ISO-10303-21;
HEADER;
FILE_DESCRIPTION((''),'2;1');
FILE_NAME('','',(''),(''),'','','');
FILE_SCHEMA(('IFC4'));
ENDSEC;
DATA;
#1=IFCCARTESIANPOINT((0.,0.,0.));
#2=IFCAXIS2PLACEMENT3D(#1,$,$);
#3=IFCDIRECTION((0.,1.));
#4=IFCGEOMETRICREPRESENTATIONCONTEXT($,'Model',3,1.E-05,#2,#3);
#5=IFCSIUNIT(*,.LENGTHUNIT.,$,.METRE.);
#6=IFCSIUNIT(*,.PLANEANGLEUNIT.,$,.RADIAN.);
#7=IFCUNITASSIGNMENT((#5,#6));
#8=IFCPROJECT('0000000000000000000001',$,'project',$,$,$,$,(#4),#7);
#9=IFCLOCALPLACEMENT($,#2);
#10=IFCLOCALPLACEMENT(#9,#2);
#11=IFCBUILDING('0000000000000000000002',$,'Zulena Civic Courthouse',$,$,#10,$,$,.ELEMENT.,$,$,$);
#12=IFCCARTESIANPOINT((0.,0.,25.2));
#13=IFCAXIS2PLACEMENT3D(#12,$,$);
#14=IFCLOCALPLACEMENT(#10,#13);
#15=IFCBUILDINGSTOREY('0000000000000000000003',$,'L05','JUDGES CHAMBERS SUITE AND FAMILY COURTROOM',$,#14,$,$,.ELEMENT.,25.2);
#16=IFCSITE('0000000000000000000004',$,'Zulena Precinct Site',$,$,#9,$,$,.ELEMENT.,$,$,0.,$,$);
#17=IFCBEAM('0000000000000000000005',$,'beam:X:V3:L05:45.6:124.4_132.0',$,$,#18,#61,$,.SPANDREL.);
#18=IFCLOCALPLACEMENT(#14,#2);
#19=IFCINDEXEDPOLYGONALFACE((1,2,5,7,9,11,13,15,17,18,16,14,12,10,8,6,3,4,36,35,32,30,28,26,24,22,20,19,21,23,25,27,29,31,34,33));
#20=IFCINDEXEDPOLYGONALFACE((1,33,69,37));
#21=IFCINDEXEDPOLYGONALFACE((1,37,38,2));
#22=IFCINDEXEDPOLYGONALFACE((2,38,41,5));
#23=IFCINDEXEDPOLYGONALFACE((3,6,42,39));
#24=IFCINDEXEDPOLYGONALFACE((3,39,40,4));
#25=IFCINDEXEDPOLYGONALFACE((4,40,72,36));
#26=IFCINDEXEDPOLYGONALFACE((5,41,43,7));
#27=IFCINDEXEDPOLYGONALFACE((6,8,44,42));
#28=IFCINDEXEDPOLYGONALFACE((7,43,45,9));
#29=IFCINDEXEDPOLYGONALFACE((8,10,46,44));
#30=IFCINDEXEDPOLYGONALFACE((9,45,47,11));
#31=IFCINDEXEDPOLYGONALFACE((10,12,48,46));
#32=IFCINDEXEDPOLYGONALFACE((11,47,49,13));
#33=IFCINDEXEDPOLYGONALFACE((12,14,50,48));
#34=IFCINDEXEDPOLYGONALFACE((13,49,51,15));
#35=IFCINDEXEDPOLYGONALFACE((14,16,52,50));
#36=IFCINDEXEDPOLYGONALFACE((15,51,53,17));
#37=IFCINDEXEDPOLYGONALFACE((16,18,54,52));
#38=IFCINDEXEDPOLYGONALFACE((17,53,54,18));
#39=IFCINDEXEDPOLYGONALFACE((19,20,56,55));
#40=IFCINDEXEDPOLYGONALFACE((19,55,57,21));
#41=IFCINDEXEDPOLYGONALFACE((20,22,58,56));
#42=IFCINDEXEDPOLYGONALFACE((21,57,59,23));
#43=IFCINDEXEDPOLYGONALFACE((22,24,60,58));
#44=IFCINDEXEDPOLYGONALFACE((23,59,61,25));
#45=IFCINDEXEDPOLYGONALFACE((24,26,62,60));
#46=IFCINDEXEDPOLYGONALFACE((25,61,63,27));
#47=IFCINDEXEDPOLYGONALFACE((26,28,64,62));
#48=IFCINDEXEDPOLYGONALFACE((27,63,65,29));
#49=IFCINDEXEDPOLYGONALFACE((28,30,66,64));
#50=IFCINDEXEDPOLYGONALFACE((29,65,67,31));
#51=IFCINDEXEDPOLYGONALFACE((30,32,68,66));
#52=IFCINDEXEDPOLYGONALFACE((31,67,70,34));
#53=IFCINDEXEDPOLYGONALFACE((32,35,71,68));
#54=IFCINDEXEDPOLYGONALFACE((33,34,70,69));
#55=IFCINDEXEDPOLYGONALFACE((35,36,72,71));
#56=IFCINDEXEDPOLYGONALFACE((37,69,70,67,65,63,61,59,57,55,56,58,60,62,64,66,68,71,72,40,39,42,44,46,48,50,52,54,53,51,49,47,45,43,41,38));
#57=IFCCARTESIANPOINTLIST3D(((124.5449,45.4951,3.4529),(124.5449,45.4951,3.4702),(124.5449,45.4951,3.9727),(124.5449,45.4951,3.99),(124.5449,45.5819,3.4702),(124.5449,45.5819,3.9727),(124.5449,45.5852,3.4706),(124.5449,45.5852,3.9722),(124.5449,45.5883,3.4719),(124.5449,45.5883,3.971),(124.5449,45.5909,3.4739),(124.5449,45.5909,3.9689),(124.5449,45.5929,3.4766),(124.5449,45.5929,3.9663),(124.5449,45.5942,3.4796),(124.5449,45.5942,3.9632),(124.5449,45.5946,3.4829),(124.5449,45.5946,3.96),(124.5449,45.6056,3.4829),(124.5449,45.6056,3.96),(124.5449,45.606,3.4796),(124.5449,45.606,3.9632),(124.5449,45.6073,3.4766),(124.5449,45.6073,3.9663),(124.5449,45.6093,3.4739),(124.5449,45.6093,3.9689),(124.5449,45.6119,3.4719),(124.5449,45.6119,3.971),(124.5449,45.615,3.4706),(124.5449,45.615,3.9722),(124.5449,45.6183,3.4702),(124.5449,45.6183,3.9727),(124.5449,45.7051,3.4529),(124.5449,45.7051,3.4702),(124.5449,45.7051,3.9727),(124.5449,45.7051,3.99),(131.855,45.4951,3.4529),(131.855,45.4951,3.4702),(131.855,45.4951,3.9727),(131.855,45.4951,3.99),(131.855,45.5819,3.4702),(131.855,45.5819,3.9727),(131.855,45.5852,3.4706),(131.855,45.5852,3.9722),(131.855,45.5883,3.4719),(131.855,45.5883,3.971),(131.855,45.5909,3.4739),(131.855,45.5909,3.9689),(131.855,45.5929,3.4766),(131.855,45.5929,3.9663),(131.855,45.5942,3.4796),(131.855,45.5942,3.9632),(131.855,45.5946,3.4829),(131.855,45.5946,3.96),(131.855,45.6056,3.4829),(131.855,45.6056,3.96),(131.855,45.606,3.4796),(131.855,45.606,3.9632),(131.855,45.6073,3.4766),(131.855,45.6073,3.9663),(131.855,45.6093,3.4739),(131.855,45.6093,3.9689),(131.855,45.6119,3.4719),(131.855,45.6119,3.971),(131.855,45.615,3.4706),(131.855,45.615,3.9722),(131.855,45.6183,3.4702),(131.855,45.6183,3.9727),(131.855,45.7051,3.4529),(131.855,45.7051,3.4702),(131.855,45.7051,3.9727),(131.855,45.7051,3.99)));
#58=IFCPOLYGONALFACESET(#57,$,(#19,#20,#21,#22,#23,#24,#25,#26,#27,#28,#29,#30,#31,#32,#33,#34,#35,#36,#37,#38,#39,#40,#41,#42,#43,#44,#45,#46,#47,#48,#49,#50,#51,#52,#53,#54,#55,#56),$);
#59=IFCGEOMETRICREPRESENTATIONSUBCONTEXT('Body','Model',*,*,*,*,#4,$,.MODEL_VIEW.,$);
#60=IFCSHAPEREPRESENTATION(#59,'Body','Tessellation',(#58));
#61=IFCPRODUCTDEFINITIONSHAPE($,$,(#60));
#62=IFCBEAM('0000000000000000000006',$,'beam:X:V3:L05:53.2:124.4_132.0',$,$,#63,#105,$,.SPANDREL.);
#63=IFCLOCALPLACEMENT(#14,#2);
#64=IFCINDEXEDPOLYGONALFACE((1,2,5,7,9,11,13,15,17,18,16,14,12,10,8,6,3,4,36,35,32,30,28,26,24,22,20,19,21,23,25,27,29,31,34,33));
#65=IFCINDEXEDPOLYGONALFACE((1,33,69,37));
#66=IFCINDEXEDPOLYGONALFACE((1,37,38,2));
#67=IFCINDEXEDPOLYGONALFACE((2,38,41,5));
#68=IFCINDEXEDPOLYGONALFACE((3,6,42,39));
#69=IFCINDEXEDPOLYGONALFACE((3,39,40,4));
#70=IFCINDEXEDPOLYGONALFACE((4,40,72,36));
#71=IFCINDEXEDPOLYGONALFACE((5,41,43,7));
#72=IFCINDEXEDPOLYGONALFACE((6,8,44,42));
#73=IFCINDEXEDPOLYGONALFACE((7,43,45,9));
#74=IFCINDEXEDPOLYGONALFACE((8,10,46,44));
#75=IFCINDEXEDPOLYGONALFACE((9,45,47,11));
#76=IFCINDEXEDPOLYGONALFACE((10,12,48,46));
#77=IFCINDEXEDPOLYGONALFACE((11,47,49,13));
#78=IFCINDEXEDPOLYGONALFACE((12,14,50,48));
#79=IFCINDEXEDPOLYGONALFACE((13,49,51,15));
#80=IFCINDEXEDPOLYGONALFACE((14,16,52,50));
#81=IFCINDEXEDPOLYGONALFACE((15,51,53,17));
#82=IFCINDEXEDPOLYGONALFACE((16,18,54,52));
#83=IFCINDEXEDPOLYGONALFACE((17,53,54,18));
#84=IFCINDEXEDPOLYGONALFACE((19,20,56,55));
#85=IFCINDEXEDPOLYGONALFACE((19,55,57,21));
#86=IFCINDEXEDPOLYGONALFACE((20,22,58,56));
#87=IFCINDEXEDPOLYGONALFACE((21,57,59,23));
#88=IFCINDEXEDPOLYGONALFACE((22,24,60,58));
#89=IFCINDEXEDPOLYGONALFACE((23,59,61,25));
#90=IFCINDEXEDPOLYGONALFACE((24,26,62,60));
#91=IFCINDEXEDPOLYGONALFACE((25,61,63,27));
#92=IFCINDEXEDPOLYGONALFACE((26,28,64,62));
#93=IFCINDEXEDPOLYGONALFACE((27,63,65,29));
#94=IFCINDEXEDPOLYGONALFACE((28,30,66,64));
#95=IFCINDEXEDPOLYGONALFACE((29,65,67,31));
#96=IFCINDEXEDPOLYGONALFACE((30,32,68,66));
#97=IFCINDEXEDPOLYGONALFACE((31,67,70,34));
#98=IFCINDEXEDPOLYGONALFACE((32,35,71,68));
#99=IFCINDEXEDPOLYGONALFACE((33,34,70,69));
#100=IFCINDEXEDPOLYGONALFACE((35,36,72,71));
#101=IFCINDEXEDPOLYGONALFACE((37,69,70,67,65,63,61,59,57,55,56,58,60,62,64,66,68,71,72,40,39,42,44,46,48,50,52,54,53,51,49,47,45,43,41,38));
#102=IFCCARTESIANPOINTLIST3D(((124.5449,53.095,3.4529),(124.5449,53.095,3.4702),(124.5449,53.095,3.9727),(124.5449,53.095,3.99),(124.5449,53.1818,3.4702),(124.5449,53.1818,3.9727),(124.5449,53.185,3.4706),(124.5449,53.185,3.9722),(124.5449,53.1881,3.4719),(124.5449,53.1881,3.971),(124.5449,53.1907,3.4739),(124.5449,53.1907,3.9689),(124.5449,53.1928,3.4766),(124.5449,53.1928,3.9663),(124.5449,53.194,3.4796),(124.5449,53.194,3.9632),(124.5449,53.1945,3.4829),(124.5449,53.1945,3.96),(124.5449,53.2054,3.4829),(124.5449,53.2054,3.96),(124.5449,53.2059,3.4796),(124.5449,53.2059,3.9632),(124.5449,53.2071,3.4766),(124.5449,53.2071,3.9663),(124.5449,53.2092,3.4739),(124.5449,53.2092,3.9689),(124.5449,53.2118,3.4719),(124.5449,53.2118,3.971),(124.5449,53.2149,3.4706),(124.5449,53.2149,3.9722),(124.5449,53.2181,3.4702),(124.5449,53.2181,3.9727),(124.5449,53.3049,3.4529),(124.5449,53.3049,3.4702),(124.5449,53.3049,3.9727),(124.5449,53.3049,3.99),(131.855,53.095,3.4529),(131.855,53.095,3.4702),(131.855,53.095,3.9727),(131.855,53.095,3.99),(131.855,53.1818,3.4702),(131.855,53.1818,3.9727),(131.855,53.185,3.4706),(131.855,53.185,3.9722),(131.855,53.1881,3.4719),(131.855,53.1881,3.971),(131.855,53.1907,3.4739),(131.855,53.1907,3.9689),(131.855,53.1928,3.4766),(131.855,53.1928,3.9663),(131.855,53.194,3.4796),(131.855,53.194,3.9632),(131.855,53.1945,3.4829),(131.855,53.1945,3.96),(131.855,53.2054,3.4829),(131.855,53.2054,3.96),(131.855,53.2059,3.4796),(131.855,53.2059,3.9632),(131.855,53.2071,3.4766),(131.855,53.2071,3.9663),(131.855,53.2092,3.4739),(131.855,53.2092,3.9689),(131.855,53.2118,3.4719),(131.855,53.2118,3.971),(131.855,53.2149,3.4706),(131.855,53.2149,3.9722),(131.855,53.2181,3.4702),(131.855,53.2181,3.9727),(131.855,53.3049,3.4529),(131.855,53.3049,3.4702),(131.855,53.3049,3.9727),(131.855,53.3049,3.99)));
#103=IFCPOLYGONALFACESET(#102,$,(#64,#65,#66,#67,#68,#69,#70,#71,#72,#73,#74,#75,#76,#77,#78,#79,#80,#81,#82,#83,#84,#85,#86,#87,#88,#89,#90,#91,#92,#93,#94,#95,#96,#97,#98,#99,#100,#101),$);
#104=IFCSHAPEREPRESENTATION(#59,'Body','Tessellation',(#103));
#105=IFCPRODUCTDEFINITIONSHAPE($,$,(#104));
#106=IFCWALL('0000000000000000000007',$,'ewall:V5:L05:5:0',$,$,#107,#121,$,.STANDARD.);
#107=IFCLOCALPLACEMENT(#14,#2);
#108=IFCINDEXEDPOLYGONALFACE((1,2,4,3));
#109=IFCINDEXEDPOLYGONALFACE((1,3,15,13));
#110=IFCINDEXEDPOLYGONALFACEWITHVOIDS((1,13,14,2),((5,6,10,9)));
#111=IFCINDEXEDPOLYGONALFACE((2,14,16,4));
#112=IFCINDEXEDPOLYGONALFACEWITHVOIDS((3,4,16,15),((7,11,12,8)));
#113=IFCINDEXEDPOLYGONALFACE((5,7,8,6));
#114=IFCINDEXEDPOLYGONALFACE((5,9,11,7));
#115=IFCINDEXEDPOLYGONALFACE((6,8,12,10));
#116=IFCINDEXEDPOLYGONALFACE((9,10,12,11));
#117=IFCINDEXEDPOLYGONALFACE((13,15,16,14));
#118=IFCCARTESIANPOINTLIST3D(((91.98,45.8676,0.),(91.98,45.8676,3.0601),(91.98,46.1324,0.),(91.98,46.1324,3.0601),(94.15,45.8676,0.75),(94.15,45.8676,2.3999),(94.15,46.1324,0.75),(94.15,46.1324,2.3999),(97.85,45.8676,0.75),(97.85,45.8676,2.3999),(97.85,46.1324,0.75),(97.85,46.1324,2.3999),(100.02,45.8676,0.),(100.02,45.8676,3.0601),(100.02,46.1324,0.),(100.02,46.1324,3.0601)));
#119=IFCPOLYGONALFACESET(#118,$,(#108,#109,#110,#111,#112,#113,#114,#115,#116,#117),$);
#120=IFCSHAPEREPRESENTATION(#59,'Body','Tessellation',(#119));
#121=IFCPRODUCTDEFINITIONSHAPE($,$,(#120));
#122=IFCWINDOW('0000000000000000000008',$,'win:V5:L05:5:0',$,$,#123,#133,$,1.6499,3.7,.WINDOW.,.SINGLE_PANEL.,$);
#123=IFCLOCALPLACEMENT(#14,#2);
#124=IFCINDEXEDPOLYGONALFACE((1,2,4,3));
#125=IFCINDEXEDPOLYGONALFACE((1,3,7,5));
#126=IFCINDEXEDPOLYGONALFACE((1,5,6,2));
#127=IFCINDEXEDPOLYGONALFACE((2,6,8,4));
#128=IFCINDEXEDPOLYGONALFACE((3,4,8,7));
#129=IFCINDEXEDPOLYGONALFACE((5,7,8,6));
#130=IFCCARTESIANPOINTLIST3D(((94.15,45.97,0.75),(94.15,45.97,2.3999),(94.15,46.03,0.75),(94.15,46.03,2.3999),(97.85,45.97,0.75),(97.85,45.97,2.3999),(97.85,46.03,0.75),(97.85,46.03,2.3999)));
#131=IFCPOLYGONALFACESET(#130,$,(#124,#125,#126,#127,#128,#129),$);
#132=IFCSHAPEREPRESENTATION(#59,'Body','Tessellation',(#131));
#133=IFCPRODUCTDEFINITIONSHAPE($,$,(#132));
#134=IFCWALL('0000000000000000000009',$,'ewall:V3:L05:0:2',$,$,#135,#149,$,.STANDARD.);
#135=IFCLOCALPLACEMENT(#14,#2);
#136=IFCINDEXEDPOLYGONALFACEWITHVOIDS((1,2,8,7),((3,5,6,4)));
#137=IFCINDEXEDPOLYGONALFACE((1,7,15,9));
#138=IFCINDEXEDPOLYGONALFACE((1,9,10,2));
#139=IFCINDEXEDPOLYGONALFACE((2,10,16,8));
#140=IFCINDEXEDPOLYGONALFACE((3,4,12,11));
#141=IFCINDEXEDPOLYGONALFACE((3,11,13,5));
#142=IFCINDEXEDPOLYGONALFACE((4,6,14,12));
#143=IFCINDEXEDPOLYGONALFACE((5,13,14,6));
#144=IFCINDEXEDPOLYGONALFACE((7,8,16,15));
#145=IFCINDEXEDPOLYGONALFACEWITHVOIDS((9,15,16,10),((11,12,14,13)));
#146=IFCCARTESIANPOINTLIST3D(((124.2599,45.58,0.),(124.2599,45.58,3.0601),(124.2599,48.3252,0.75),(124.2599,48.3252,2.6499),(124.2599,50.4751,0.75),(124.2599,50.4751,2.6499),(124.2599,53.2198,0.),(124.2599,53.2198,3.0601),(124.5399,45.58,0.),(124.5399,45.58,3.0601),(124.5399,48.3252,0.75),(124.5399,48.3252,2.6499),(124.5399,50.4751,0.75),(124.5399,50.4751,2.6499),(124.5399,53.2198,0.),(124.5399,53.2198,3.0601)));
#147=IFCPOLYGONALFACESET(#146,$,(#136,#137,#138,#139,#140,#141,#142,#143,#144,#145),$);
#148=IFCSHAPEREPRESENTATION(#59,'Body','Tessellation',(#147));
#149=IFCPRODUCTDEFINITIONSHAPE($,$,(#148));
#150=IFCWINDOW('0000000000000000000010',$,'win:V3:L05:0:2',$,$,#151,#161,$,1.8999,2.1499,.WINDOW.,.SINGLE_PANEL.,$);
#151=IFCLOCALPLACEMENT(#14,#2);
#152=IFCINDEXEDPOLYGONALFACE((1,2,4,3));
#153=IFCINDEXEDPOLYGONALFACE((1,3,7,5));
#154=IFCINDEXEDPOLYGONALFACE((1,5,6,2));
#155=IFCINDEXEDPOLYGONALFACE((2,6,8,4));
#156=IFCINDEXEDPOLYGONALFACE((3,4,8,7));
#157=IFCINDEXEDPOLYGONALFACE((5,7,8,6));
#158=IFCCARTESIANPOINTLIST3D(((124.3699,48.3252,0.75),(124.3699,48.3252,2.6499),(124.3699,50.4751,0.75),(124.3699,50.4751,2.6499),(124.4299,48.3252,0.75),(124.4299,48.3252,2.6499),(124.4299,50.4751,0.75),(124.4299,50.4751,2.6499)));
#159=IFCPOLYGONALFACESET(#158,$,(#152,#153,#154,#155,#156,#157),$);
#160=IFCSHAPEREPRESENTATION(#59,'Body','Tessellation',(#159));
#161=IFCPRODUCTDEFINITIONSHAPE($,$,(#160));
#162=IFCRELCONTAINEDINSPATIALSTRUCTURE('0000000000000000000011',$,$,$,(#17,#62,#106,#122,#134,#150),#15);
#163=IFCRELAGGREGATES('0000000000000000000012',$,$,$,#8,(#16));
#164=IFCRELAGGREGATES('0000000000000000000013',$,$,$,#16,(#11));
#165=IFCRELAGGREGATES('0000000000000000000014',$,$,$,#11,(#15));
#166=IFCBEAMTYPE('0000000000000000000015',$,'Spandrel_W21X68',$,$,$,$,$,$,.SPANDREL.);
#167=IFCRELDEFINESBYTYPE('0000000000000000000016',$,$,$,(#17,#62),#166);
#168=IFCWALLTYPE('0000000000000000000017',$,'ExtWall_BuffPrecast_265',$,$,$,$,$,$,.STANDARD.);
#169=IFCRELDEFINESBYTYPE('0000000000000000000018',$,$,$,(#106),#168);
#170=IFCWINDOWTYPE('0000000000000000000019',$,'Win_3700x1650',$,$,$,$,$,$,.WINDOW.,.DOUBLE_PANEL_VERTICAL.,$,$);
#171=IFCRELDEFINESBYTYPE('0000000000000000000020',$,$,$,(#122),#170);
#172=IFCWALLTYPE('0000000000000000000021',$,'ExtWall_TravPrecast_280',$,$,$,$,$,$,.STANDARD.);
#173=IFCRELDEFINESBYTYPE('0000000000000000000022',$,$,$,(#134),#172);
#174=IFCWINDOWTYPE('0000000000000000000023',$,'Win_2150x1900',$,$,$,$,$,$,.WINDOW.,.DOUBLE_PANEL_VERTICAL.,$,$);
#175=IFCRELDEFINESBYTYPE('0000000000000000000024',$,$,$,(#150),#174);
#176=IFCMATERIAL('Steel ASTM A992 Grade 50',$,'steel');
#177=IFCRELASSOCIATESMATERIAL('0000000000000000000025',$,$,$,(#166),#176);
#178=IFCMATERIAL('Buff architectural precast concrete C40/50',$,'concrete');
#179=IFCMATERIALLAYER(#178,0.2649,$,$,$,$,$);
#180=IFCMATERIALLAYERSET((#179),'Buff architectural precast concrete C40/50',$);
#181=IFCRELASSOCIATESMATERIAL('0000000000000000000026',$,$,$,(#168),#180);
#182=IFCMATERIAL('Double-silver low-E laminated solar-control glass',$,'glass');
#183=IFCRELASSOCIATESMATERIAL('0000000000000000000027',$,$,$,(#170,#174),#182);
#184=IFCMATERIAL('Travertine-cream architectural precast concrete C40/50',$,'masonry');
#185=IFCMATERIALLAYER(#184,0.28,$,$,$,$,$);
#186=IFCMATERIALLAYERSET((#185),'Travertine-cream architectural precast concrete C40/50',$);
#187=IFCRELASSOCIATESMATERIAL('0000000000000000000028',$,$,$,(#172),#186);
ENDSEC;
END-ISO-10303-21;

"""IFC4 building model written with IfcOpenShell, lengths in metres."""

from ifc_helpers import new_model, si_unit, direction, frame, frame_2d, origin, origin_2d, place, context, subcontext, project, spatial, rectangle, i_section, extrude, material, layer, layer_set, material_profile, profile_set, type_object, element, fill, save


model = new_model("IFC4")

# Units and contexts
model_context = context("Model", 3, precision=1e-05, world=origin(), true_north=direction((0.0, 1.0)))
body_context = subcontext(model_context, "Body", "Model", "MODEL_VIEW")
ifc_project = project(units=[si_unit("LENGTHUNIT", "METRE"), si_unit("PLANEANGLEUNIT", "RADIAN")], contexts=[model_context])

# Site, building, storey
site_placement = place(None, origin())
site = spatial("IfcSite", under=ifc_project, at=site_placement, Name="Zulena Precinct Site", CompositionType="ELEMENT", RefElevation=0.0)
building_placement = place(site_placement, origin())
building = spatial("IfcBuilding", under=site, at=building_placement, Name="Zulena Civic Courthouse", CompositionType="ELEMENT")
storey_placement = place(building_placement, frame((0.0, 0.0, 25.2)))
storey = spatial("IfcBuildingStorey", under=building, at=storey_placement, Name="L05", Description="JUDGES CHAMBERS SUITE AND FAMILY COURTROOM", CompositionType="ELEMENT", Elevation=25.2)

# Shared definitions
ifc_material_1 = material(Name="Steel ASTM A992 Grade 50", Category="steel")

# Beams
ifc_material_profile_1 = material_profile(ifc_material_1, i_section(OverallWidth=0.21, OverallDepth=0.5371, WebThickness=0.011, FlangeThickness=0.0173, FilletRadius=0.0127, at=origin_2d()), Name="W21X68")
ifc_profile_set_1 = profile_set([ifc_material_profile_1], Name="Steel ASTM A992 Grade 50")
beam_type_1 = type_object("IfcBeamType", Name="Spandrel_W21X68", PredefinedType="SPANDREL", material=ifc_profile_set_1)
for number, where, z_axis, x_axis, name in (
    (1, (124.5449, 45.6001, 3.7214), (1.0, 0.0, 0.0), (0.0, 1.0, 0.0), "beam:X:V3:L05:45.6:124.4_132.0"),
    (2, (124.5449, 53.2, 3.7214), (1.0, 0.0, 0.0), (0.0, 1.0, 0.0), "beam:X:V3:L05:53.2:124.4_132.0"),
):
    element("IfcBeam", number, at=place(storey_placement, frame(where, z_axis=z_axis, x_axis=x_axis)), inside=storey, type_object=beam_type_1, Name=name, PredefinedType="SPANDREL", context=body_context, shape_type="SweptSolid", body=[
        extrude(i_section(OverallWidth=0.21, OverallDepth=0.5371, WebThickness=0.011, FlangeThickness=0.0173, FilletRadius=0.0127, at=origin_2d()), origin(), (0.0, 0.0, 1.0), 7.3101),
    ])

# Walls, openings, windows
ifc_material_2 = material(Name="Buff architectural precast concrete C40/50", Category="concrete")
ifc_layer_1 = layer(ifc_material_2, 0.2649)
ifc_layer_set_1 = layer_set([ifc_layer_1], Name="Buff architectural precast concrete C40/50")
wall_type_1 = type_object("IfcWallType", Name="ExtWall_BuffPrecast_265", PredefinedType="STANDARD", material=ifc_layer_set_1)
wall_1_placement = place(storey_placement, frame((100.02, 46.0, 0.0), z_axis=(0.0, 0.0, 1.0), x_axis=(-1.0, 0.0, 0.0)))
wall_1 = element("IfcWall", 3, at=wall_1_placement, inside=storey, type_object=wall_type_1, Name="ewall:V5:L05:5:0", PredefinedType="STANDARD", context=body_context, shape_type="SweptSolid", body=[
    extrude(rectangle(XDim=8.04, YDim=0.2649, at=frame_2d((4.02, 0.0))), origin(), (0.0, 0.0, 1.0), 3.0601),
])
opening_1_placement = place(wall_1_placement, frame((2.1699, 0.0, 0.75)))
opening_1 = element("IfcOpeningElement", 4, at=opening_1_placement, cuts=wall_1, PredefinedType="OPENING", context=body_context, shape_type="SweptSolid", body=[
    extrude(rectangle(XDim=3.7, YDim=1.6499, at=frame_2d((1.8501, 0.825))), frame((0.0, 0.1423, 0.0), z_axis=(0.0, -1.0, 0.0), x_axis=(1.0, 0.0, 0.0)), (0.0, 0.0, 1.0), 0.2849),
])
ifc_material_3 = material(Name="Double-silver low-E laminated solar-control glass", Category="glass")
window_type_1 = type_object("IfcWindowType", Name="Win_3700x1650", PartitioningType="DOUBLE_PANEL_VERTICAL", PredefinedType="WINDOW", material=ifc_material_3)
window_1_placement = place(opening_1_placement, origin())
window_1 = element("IfcWindow", 5, at=window_1_placement, inside=storey, type_object=window_type_1, Name="win:V5:L05:5:0", OverallHeight=1.6499, OverallWidth=3.7, PartitioningType="SINGLE_PANEL", PredefinedType="WINDOW", context=body_context, shape_type="SweptSolid", body=[
    extrude(rectangle(XDim=3.7, YDim=1.6499, at=frame_2d((1.8501, 0.825))), frame((0.0, 0.03, 0.0), z_axis=(0.0, -1.0, 0.0), x_axis=(1.0, 0.0, 0.0)), (0.0, 0.0, 1.0), 0.0601),
])
fill(opening_1, window_1)
ifc_material_4 = material(Name="Travertine-cream architectural precast concrete C40/50", Category="masonry")
ifc_layer_2 = layer(ifc_material_4, 0.28)
ifc_layer_set_2 = layer_set([ifc_layer_2], Name="Travertine-cream architectural precast concrete C40/50")
wall_type_2 = type_object("IfcWallType", Name="ExtWall_TravPrecast_280", PredefinedType="STANDARD", material=ifc_layer_set_2)
wall_2_placement = place(storey_placement, frame((124.3999, 45.5801, 0.0), z_axis=(0.0, 0.0, 1.0), x_axis=(0.0, 1.0, 0.0)))
wall_2 = element("IfcWall", 6, at=wall_2_placement, inside=storey, type_object=wall_type_2, Name="ewall:V3:L05:0:2", PredefinedType="STANDARD", context=body_context, shape_type="SweptSolid", body=[
    extrude(rectangle(XDim=7.6399, YDim=0.28, at=frame_2d((3.8198, 0.0))), origin(), (0.0, 0.0, 1.0), 3.0601),
])
opening_2_placement = place(wall_2_placement, frame((2.7451, 0.0, 0.75)))
opening_2 = element("IfcOpeningElement", 7, at=opening_2_placement, cuts=wall_2, PredefinedType="OPENING", context=body_context, shape_type="SweptSolid", body=[
    extrude(rectangle(XDim=2.1499, YDim=1.8999, at=frame_2d((1.075, 0.95))), frame((0.0, 0.1499, 0.0), z_axis=(0.0, -1.0, 0.0), x_axis=(1.0, 0.0, 0.0)), (0.0, 0.0, 1.0), 0.3),
])
window_type_2 = type_object("IfcWindowType", Name="Win_2150x1900", PartitioningType="DOUBLE_PANEL_VERTICAL", PredefinedType="WINDOW", material=ifc_material_3)
window_2_placement = place(opening_2_placement, origin())
window_2 = element("IfcWindow", 8, at=window_2_placement, inside=storey, type_object=window_type_2, Name="win:V3:L05:0:2", OverallHeight=1.8999, OverallWidth=2.1499, PartitioningType="SINGLE_PANEL", PredefinedType="WINDOW", context=body_context, shape_type="SweptSolid", body=[
    extrude(rectangle(XDim=2.1499, YDim=1.8999, at=frame_2d((1.075, 0.95))), frame((0.0, 0.03, 0.0), z_axis=(0.0, -1.0, 0.0), x_axis=(1.0, 0.0, 0.0)), (0.0, 0.0, 1.0), 0.0601),
])
fill(opening_2, window_2)

save(model, "model.ifc")
